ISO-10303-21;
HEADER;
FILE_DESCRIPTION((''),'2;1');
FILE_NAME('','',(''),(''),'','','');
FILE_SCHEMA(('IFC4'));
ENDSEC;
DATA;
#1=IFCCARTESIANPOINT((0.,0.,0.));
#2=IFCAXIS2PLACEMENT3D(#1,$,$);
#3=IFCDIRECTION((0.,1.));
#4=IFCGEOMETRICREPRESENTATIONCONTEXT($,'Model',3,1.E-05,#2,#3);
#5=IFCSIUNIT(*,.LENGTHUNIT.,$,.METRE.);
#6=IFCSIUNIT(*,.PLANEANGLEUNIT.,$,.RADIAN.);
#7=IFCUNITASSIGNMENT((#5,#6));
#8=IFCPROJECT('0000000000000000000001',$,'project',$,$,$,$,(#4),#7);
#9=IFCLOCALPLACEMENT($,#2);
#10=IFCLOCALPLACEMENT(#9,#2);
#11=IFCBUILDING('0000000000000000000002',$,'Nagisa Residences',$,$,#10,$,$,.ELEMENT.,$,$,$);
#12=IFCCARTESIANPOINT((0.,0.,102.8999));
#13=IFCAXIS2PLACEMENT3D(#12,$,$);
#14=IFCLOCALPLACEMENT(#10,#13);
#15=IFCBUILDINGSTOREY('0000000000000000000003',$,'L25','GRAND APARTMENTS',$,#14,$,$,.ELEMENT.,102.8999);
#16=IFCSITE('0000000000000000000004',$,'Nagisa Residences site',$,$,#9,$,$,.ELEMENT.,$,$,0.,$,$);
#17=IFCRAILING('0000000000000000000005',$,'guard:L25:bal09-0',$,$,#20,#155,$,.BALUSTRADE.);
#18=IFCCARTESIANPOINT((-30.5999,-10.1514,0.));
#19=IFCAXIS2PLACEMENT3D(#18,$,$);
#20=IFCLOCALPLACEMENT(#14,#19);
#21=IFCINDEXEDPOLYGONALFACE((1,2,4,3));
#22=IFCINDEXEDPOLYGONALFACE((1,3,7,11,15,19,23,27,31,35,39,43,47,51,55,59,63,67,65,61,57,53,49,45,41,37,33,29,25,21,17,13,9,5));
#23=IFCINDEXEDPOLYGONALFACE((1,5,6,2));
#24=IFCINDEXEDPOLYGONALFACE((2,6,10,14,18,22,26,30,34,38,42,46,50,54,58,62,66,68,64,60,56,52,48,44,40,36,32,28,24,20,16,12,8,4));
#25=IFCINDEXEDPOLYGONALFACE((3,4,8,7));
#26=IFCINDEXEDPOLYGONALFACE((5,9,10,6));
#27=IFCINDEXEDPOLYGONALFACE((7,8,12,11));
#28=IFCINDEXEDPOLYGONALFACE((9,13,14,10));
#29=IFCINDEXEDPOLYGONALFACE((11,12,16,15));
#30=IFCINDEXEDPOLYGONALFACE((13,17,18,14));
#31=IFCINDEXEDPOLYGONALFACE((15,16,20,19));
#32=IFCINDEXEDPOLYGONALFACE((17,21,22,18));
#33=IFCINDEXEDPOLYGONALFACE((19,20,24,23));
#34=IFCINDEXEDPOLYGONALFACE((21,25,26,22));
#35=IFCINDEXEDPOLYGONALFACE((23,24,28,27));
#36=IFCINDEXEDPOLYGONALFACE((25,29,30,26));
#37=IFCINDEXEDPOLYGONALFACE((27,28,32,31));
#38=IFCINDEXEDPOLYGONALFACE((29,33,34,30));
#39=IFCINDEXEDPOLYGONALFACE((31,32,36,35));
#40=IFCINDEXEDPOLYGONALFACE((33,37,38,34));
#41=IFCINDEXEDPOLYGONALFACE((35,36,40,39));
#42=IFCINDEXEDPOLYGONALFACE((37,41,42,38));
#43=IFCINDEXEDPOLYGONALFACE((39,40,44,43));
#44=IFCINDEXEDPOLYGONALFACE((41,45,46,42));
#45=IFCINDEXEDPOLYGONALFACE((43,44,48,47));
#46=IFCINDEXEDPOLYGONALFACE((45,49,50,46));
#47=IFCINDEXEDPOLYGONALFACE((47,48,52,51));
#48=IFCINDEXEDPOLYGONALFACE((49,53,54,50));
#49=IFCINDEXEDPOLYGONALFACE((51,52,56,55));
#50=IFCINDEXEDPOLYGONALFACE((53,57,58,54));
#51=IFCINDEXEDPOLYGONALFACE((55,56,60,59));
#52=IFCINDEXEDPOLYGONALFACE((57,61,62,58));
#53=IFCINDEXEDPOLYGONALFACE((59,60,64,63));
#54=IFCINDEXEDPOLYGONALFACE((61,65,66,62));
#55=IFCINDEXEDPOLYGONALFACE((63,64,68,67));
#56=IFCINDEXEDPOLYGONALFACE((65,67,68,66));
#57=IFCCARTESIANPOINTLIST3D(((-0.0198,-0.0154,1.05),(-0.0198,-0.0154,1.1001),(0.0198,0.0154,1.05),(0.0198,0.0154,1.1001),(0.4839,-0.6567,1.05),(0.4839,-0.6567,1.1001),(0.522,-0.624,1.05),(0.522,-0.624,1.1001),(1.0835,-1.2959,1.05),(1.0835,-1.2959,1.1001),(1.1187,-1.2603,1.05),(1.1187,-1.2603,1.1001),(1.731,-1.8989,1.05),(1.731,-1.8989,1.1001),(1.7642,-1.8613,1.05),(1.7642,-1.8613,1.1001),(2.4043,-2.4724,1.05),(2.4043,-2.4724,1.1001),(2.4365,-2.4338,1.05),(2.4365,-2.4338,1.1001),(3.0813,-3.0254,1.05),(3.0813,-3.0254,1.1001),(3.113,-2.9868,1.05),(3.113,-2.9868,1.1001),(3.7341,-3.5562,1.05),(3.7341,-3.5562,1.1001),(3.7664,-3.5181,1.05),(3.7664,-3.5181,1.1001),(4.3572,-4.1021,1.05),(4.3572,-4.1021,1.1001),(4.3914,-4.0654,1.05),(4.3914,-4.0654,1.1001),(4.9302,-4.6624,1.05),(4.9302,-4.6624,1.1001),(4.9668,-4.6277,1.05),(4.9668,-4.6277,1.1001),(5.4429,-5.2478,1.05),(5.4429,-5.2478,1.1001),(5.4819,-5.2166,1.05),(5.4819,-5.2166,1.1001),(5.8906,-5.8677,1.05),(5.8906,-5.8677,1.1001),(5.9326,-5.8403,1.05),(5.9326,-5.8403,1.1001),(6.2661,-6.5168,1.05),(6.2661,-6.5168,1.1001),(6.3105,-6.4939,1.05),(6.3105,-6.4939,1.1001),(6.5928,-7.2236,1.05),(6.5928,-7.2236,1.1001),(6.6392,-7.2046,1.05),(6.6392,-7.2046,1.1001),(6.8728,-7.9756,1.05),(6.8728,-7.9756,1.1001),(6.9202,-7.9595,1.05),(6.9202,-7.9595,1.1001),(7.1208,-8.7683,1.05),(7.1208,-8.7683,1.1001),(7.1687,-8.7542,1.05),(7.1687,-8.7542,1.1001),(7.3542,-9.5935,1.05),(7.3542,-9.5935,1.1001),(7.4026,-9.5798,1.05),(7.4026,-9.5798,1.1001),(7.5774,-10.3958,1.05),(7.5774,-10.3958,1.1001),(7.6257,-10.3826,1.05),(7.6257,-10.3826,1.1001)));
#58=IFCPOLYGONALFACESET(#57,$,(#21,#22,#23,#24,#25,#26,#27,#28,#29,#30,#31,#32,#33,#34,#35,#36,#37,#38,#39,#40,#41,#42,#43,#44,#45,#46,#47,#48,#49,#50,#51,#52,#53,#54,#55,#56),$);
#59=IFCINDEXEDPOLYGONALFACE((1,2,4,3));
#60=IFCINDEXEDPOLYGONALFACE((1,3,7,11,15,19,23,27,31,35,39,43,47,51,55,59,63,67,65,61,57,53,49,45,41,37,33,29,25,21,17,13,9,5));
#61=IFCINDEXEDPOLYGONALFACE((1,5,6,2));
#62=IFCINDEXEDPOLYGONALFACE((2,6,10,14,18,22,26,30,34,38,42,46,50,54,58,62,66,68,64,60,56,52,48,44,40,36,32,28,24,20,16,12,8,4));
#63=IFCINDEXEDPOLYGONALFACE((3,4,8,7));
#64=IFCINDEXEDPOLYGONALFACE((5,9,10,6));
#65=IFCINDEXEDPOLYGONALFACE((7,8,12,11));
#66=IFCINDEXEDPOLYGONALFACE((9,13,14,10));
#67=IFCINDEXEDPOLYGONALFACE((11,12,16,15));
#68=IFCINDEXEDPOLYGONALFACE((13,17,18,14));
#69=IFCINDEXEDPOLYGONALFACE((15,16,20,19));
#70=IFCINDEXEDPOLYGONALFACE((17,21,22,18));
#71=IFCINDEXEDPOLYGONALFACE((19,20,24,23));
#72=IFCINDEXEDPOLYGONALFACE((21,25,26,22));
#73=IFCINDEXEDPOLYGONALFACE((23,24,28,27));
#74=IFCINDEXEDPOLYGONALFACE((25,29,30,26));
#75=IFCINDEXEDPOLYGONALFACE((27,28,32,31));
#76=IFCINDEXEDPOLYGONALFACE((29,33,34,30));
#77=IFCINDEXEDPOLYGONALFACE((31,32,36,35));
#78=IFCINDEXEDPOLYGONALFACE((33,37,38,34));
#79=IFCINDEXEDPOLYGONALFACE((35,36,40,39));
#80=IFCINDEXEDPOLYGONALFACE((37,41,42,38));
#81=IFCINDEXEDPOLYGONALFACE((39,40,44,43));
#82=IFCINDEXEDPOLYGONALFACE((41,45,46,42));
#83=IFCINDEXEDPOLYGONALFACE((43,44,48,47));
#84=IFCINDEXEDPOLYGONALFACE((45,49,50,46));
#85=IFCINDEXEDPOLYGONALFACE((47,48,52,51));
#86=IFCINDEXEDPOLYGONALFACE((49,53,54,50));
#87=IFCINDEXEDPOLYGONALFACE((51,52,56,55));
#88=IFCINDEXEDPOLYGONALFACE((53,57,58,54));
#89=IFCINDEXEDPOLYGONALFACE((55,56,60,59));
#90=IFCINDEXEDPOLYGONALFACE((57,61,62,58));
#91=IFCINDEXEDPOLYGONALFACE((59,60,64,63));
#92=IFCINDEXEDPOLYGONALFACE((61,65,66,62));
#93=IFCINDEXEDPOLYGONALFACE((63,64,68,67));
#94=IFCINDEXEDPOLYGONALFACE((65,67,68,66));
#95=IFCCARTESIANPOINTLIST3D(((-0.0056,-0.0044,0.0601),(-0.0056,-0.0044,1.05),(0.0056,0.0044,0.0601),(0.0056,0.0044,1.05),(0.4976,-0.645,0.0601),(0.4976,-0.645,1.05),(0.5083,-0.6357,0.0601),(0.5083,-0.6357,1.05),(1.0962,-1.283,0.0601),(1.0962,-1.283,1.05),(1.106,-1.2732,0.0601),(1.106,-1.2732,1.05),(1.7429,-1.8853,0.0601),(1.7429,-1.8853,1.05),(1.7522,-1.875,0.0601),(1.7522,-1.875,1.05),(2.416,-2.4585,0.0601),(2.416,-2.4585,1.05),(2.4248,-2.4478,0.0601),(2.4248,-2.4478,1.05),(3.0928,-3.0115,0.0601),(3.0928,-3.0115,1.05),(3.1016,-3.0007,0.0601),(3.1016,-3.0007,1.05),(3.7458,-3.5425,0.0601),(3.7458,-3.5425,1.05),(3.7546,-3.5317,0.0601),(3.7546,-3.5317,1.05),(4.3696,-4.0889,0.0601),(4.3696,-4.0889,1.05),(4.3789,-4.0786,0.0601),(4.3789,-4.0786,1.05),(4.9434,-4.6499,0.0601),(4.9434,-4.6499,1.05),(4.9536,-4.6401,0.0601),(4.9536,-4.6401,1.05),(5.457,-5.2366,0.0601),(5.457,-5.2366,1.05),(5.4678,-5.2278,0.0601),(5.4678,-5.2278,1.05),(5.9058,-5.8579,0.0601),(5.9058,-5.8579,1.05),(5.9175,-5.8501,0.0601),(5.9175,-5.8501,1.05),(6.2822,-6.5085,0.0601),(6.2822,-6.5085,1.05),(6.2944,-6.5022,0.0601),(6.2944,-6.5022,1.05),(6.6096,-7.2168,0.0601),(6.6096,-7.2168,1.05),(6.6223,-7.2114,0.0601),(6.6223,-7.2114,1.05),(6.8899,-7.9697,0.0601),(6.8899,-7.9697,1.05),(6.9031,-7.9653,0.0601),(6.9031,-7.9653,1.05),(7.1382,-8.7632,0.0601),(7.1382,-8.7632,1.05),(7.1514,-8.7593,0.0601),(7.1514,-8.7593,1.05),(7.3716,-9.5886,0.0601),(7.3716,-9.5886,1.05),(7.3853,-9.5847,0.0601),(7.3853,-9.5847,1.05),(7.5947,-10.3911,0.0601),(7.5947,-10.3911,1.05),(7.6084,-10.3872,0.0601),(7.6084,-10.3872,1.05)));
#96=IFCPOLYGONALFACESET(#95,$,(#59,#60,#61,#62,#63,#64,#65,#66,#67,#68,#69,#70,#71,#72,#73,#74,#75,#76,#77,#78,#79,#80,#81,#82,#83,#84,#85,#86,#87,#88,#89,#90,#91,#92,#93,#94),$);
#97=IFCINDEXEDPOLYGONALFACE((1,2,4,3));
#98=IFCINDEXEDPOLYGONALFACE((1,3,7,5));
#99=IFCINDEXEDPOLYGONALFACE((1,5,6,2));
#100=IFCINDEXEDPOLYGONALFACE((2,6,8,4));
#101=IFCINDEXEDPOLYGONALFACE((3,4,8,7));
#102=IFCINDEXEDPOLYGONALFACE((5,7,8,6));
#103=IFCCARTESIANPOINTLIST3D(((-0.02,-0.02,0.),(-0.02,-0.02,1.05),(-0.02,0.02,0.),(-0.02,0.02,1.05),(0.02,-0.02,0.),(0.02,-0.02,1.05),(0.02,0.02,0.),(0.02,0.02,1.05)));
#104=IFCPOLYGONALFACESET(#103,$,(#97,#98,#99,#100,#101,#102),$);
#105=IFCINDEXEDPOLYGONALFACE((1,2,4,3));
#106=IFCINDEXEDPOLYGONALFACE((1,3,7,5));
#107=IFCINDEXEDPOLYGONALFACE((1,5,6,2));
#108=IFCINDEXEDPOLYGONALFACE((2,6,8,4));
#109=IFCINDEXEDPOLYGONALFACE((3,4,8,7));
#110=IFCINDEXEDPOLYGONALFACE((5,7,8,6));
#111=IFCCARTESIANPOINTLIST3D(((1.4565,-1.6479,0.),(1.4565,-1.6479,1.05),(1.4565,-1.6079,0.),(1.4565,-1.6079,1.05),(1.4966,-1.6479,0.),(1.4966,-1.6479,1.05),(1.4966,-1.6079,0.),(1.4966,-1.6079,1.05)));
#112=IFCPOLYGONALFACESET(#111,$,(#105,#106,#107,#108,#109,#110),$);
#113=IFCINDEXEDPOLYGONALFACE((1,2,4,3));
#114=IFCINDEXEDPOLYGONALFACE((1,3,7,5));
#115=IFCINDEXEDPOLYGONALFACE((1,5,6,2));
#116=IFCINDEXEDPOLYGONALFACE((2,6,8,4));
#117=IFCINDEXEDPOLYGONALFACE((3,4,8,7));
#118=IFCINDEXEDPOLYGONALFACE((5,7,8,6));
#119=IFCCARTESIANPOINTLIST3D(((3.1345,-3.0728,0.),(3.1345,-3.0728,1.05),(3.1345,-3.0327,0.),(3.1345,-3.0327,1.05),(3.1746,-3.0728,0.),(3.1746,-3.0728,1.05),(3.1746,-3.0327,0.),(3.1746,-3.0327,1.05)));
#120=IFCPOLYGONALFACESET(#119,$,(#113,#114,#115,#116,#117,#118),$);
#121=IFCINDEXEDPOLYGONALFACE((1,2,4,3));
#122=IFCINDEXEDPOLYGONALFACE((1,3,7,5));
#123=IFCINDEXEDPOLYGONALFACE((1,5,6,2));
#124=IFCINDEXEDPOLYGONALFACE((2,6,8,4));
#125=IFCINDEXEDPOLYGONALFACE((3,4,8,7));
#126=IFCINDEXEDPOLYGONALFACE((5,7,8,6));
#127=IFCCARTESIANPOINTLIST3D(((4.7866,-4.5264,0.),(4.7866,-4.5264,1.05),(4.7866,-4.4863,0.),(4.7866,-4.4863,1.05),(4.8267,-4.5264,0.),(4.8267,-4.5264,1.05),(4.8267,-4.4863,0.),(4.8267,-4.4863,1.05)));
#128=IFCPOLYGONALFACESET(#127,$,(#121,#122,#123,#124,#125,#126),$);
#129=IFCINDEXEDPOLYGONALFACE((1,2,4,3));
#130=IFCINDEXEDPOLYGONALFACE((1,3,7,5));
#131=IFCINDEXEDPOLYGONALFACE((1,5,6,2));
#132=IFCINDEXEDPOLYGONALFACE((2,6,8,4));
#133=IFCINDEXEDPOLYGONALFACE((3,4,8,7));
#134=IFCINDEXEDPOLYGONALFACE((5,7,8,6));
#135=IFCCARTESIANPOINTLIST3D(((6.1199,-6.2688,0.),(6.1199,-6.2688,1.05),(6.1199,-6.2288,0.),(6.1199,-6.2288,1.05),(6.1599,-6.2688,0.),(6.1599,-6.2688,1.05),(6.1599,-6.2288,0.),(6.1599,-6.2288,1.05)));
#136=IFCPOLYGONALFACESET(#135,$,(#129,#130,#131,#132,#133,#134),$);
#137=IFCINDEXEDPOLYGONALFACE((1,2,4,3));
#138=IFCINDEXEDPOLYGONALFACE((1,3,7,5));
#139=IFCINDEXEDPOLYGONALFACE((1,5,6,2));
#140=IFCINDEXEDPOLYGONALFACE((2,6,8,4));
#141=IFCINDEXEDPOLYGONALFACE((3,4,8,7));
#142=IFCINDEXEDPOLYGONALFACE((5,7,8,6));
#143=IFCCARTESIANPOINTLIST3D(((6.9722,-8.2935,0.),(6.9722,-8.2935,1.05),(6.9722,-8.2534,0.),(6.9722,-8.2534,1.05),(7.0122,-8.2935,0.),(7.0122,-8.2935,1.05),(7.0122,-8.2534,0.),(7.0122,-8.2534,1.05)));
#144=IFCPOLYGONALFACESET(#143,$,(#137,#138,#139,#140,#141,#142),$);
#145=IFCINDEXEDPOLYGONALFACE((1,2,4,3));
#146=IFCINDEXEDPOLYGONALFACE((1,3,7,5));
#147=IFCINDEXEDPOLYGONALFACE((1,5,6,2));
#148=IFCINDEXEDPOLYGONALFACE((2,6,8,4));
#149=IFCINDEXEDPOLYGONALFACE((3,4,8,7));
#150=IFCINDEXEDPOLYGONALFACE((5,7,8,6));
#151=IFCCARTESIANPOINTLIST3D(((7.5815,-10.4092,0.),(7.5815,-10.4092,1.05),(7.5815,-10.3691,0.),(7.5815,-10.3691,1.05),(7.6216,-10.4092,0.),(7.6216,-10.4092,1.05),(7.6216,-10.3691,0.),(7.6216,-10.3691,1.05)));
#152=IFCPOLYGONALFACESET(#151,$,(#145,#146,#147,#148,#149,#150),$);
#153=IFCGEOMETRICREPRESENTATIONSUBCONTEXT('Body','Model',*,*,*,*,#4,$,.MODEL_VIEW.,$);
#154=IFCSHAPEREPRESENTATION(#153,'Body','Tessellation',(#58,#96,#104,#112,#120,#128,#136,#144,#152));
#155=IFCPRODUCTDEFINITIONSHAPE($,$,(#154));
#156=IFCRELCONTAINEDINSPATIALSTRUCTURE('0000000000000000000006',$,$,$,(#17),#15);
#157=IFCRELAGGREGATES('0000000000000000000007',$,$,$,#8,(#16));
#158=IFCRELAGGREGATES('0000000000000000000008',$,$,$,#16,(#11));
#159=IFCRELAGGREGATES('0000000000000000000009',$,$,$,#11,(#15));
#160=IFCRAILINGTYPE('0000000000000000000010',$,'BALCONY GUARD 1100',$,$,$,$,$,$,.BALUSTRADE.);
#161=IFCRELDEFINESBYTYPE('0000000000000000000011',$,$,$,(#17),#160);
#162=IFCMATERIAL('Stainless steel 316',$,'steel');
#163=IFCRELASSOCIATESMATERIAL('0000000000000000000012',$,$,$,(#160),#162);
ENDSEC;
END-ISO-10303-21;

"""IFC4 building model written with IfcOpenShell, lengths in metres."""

from ifc_helpers import new_model, si_unit, direction, frame, origin, origin_2d, place, context, subcontext, project, spatial, polyline, rectangle, outline, extrude, material, type_object, element, save


model = new_model("IFC4")

# Units and contexts
model_context = context("Model", 3, precision=1e-05, world=origin(), true_north=direction((0.0, 1.0)))
body_context = subcontext(model_context, "Body", "Model", "MODEL_VIEW")
ifc_project = project(units=[si_unit("LENGTHUNIT", "METRE"), si_unit("PLANEANGLEUNIT", "RADIAN")], contexts=[model_context])

# Site, building, storey
site_placement = place(None, origin())
site = spatial("IfcSite", under=ifc_project, at=site_placement, Name="Nagisa Residences site", CompositionType="ELEMENT", RefElevation=0.0)
building_placement = place(site_placement, origin())
building = spatial("IfcBuilding", under=site, at=building_placement, Name="Nagisa Residences", CompositionType="ELEMENT")
storey_placement = place(building_placement, frame((0.0, 0.0, 102.8999)))
storey = spatial("IfcBuildingStorey", under=building, at=storey_placement, Name="L25", Description="GRAND APARTMENTS", CompositionType="ELEMENT", Elevation=102.8999)

# Railing
ifc_material_1 = material(Name="Stainless steel 316", Category="steel")
railing_type = type_object("IfcRailingType", Name="BALCONY GUARD 1100", PredefinedType="BALUSTRADE", material=ifc_material_1)
railing_placement = place(storey_placement, frame((-30.5999, -10.1514, 0.0)))
element("IfcRailing", 1, at=railing_placement, inside=storey, type_object=railing_type, Name="guard:L25:bal09-0", PredefinedType="BALUSTRADE", context=body_context, shape_type="SweptSolid", body=[
    extrude(outline(polyline([(0.522, -0.624), (0.0198, 0.0154), (-0.0198, -0.0154), (0.4839, -0.6567), (1.0835, -1.2959), (1.731, -1.8989), (2.4043, -2.4724), (3.0813, -3.0254), (3.7341, -3.5562), (4.3572, -4.1021), (4.9302, -4.6624), (5.4429, -5.2478), (5.8906, -5.8677), (6.2661, -6.5168), (6.5928, -7.2236), (6.8728, -7.9756), (7.1208, -8.7683), (7.3542, -9.5935), (7.5774, -10.3958), (7.6257, -10.3826), (7.4026, -9.5798), (7.1687, -8.7542), (6.9202, -7.9595), (6.6392, -7.2046), (6.3105, -6.4939), (5.9326, -5.8403), (5.4819, -5.2166), (4.9668, -4.6277), (4.3914, -4.0654), (3.7664, -3.5181), (3.113, -2.9868), (2.4365, -2.4338), (1.7642, -1.8613), (1.1187, -1.2603), (0.522, -0.624)])), frame((0.0, 0.0, 1.05)), (0.0, 0.0, 1.0), 0.05),
    extrude(outline(polyline([(0.5083, -0.6357), (0.0056, 0.0044), (-0.0056, -0.0044), (0.4976, -0.645), (1.0962, -1.283), (1.7429, -1.8853), (2.416, -2.4585), (3.0928, -3.0115), (3.7458, -3.5425), (4.3696, -4.0889), (4.9434, -4.6499), (5.457, -5.2366), (5.9058, -5.8579), (6.2822, -6.5085), (6.6096, -7.2168), (6.8899, -7.9697), (7.1382, -8.7632), (7.3716, -9.5886), (7.5947, -10.3911), (7.6084, -10.3872), (7.3853, -9.5847), (7.1514, -8.7593), (6.9031, -7.9653), (6.6223, -7.2114), (6.2944, -6.5022), (5.9175, -5.8501), (5.4678, -5.2278), (4.9536, -4.6401), (4.3789, -4.0786), (3.7546, -3.5317), (3.1016, -3.0007), (2.4248, -2.4478), (1.7522, -1.875), (1.106, -1.2732), (0.5083, -0.6357)])), frame((0.0, 0.0, 0.0601)), (0.0, 0.0, 1.0), 0.99),
    extrude(rectangle(XDim=0.04, YDim=0.04, at=origin_2d()), origin(), (0.0, 0.0, 1.0), 1.05),
    extrude(rectangle(XDim=0.04, YDim=0.04, at=origin_2d()), frame((1.4766, -1.6279, 0.0)), (0.0, 0.0, 1.0), 1.05),
    extrude(rectangle(XDim=0.04, YDim=0.04, at=origin_2d()), frame((3.1545, -3.0527, 0.0)), (0.0, 0.0, 1.0), 1.05),
    extrude(rectangle(XDim=0.04, YDim=0.04, at=origin_2d()), frame((4.8066, -4.5063, 0.0)), (0.0, 0.0, 1.0), 1.05),
    extrude(rectangle(XDim=0.04, YDim=0.04, at=origin_2d()), frame((6.1399, -6.2488, 0.0)), (0.0, 0.0, 1.0), 1.05),
    extrude(rectangle(XDim=0.04, YDim=0.04, at=origin_2d()), frame((6.9922, -8.2734, 0.0)), (0.0, 0.0, 1.0), 1.05),
    extrude(rectangle(XDim=0.04, YDim=0.04, at=origin_2d()), frame((7.6016, -10.3892, 0.0)), (0.0, 0.0, 1.0), 1.05),
])

save(model, "model.ifc")
